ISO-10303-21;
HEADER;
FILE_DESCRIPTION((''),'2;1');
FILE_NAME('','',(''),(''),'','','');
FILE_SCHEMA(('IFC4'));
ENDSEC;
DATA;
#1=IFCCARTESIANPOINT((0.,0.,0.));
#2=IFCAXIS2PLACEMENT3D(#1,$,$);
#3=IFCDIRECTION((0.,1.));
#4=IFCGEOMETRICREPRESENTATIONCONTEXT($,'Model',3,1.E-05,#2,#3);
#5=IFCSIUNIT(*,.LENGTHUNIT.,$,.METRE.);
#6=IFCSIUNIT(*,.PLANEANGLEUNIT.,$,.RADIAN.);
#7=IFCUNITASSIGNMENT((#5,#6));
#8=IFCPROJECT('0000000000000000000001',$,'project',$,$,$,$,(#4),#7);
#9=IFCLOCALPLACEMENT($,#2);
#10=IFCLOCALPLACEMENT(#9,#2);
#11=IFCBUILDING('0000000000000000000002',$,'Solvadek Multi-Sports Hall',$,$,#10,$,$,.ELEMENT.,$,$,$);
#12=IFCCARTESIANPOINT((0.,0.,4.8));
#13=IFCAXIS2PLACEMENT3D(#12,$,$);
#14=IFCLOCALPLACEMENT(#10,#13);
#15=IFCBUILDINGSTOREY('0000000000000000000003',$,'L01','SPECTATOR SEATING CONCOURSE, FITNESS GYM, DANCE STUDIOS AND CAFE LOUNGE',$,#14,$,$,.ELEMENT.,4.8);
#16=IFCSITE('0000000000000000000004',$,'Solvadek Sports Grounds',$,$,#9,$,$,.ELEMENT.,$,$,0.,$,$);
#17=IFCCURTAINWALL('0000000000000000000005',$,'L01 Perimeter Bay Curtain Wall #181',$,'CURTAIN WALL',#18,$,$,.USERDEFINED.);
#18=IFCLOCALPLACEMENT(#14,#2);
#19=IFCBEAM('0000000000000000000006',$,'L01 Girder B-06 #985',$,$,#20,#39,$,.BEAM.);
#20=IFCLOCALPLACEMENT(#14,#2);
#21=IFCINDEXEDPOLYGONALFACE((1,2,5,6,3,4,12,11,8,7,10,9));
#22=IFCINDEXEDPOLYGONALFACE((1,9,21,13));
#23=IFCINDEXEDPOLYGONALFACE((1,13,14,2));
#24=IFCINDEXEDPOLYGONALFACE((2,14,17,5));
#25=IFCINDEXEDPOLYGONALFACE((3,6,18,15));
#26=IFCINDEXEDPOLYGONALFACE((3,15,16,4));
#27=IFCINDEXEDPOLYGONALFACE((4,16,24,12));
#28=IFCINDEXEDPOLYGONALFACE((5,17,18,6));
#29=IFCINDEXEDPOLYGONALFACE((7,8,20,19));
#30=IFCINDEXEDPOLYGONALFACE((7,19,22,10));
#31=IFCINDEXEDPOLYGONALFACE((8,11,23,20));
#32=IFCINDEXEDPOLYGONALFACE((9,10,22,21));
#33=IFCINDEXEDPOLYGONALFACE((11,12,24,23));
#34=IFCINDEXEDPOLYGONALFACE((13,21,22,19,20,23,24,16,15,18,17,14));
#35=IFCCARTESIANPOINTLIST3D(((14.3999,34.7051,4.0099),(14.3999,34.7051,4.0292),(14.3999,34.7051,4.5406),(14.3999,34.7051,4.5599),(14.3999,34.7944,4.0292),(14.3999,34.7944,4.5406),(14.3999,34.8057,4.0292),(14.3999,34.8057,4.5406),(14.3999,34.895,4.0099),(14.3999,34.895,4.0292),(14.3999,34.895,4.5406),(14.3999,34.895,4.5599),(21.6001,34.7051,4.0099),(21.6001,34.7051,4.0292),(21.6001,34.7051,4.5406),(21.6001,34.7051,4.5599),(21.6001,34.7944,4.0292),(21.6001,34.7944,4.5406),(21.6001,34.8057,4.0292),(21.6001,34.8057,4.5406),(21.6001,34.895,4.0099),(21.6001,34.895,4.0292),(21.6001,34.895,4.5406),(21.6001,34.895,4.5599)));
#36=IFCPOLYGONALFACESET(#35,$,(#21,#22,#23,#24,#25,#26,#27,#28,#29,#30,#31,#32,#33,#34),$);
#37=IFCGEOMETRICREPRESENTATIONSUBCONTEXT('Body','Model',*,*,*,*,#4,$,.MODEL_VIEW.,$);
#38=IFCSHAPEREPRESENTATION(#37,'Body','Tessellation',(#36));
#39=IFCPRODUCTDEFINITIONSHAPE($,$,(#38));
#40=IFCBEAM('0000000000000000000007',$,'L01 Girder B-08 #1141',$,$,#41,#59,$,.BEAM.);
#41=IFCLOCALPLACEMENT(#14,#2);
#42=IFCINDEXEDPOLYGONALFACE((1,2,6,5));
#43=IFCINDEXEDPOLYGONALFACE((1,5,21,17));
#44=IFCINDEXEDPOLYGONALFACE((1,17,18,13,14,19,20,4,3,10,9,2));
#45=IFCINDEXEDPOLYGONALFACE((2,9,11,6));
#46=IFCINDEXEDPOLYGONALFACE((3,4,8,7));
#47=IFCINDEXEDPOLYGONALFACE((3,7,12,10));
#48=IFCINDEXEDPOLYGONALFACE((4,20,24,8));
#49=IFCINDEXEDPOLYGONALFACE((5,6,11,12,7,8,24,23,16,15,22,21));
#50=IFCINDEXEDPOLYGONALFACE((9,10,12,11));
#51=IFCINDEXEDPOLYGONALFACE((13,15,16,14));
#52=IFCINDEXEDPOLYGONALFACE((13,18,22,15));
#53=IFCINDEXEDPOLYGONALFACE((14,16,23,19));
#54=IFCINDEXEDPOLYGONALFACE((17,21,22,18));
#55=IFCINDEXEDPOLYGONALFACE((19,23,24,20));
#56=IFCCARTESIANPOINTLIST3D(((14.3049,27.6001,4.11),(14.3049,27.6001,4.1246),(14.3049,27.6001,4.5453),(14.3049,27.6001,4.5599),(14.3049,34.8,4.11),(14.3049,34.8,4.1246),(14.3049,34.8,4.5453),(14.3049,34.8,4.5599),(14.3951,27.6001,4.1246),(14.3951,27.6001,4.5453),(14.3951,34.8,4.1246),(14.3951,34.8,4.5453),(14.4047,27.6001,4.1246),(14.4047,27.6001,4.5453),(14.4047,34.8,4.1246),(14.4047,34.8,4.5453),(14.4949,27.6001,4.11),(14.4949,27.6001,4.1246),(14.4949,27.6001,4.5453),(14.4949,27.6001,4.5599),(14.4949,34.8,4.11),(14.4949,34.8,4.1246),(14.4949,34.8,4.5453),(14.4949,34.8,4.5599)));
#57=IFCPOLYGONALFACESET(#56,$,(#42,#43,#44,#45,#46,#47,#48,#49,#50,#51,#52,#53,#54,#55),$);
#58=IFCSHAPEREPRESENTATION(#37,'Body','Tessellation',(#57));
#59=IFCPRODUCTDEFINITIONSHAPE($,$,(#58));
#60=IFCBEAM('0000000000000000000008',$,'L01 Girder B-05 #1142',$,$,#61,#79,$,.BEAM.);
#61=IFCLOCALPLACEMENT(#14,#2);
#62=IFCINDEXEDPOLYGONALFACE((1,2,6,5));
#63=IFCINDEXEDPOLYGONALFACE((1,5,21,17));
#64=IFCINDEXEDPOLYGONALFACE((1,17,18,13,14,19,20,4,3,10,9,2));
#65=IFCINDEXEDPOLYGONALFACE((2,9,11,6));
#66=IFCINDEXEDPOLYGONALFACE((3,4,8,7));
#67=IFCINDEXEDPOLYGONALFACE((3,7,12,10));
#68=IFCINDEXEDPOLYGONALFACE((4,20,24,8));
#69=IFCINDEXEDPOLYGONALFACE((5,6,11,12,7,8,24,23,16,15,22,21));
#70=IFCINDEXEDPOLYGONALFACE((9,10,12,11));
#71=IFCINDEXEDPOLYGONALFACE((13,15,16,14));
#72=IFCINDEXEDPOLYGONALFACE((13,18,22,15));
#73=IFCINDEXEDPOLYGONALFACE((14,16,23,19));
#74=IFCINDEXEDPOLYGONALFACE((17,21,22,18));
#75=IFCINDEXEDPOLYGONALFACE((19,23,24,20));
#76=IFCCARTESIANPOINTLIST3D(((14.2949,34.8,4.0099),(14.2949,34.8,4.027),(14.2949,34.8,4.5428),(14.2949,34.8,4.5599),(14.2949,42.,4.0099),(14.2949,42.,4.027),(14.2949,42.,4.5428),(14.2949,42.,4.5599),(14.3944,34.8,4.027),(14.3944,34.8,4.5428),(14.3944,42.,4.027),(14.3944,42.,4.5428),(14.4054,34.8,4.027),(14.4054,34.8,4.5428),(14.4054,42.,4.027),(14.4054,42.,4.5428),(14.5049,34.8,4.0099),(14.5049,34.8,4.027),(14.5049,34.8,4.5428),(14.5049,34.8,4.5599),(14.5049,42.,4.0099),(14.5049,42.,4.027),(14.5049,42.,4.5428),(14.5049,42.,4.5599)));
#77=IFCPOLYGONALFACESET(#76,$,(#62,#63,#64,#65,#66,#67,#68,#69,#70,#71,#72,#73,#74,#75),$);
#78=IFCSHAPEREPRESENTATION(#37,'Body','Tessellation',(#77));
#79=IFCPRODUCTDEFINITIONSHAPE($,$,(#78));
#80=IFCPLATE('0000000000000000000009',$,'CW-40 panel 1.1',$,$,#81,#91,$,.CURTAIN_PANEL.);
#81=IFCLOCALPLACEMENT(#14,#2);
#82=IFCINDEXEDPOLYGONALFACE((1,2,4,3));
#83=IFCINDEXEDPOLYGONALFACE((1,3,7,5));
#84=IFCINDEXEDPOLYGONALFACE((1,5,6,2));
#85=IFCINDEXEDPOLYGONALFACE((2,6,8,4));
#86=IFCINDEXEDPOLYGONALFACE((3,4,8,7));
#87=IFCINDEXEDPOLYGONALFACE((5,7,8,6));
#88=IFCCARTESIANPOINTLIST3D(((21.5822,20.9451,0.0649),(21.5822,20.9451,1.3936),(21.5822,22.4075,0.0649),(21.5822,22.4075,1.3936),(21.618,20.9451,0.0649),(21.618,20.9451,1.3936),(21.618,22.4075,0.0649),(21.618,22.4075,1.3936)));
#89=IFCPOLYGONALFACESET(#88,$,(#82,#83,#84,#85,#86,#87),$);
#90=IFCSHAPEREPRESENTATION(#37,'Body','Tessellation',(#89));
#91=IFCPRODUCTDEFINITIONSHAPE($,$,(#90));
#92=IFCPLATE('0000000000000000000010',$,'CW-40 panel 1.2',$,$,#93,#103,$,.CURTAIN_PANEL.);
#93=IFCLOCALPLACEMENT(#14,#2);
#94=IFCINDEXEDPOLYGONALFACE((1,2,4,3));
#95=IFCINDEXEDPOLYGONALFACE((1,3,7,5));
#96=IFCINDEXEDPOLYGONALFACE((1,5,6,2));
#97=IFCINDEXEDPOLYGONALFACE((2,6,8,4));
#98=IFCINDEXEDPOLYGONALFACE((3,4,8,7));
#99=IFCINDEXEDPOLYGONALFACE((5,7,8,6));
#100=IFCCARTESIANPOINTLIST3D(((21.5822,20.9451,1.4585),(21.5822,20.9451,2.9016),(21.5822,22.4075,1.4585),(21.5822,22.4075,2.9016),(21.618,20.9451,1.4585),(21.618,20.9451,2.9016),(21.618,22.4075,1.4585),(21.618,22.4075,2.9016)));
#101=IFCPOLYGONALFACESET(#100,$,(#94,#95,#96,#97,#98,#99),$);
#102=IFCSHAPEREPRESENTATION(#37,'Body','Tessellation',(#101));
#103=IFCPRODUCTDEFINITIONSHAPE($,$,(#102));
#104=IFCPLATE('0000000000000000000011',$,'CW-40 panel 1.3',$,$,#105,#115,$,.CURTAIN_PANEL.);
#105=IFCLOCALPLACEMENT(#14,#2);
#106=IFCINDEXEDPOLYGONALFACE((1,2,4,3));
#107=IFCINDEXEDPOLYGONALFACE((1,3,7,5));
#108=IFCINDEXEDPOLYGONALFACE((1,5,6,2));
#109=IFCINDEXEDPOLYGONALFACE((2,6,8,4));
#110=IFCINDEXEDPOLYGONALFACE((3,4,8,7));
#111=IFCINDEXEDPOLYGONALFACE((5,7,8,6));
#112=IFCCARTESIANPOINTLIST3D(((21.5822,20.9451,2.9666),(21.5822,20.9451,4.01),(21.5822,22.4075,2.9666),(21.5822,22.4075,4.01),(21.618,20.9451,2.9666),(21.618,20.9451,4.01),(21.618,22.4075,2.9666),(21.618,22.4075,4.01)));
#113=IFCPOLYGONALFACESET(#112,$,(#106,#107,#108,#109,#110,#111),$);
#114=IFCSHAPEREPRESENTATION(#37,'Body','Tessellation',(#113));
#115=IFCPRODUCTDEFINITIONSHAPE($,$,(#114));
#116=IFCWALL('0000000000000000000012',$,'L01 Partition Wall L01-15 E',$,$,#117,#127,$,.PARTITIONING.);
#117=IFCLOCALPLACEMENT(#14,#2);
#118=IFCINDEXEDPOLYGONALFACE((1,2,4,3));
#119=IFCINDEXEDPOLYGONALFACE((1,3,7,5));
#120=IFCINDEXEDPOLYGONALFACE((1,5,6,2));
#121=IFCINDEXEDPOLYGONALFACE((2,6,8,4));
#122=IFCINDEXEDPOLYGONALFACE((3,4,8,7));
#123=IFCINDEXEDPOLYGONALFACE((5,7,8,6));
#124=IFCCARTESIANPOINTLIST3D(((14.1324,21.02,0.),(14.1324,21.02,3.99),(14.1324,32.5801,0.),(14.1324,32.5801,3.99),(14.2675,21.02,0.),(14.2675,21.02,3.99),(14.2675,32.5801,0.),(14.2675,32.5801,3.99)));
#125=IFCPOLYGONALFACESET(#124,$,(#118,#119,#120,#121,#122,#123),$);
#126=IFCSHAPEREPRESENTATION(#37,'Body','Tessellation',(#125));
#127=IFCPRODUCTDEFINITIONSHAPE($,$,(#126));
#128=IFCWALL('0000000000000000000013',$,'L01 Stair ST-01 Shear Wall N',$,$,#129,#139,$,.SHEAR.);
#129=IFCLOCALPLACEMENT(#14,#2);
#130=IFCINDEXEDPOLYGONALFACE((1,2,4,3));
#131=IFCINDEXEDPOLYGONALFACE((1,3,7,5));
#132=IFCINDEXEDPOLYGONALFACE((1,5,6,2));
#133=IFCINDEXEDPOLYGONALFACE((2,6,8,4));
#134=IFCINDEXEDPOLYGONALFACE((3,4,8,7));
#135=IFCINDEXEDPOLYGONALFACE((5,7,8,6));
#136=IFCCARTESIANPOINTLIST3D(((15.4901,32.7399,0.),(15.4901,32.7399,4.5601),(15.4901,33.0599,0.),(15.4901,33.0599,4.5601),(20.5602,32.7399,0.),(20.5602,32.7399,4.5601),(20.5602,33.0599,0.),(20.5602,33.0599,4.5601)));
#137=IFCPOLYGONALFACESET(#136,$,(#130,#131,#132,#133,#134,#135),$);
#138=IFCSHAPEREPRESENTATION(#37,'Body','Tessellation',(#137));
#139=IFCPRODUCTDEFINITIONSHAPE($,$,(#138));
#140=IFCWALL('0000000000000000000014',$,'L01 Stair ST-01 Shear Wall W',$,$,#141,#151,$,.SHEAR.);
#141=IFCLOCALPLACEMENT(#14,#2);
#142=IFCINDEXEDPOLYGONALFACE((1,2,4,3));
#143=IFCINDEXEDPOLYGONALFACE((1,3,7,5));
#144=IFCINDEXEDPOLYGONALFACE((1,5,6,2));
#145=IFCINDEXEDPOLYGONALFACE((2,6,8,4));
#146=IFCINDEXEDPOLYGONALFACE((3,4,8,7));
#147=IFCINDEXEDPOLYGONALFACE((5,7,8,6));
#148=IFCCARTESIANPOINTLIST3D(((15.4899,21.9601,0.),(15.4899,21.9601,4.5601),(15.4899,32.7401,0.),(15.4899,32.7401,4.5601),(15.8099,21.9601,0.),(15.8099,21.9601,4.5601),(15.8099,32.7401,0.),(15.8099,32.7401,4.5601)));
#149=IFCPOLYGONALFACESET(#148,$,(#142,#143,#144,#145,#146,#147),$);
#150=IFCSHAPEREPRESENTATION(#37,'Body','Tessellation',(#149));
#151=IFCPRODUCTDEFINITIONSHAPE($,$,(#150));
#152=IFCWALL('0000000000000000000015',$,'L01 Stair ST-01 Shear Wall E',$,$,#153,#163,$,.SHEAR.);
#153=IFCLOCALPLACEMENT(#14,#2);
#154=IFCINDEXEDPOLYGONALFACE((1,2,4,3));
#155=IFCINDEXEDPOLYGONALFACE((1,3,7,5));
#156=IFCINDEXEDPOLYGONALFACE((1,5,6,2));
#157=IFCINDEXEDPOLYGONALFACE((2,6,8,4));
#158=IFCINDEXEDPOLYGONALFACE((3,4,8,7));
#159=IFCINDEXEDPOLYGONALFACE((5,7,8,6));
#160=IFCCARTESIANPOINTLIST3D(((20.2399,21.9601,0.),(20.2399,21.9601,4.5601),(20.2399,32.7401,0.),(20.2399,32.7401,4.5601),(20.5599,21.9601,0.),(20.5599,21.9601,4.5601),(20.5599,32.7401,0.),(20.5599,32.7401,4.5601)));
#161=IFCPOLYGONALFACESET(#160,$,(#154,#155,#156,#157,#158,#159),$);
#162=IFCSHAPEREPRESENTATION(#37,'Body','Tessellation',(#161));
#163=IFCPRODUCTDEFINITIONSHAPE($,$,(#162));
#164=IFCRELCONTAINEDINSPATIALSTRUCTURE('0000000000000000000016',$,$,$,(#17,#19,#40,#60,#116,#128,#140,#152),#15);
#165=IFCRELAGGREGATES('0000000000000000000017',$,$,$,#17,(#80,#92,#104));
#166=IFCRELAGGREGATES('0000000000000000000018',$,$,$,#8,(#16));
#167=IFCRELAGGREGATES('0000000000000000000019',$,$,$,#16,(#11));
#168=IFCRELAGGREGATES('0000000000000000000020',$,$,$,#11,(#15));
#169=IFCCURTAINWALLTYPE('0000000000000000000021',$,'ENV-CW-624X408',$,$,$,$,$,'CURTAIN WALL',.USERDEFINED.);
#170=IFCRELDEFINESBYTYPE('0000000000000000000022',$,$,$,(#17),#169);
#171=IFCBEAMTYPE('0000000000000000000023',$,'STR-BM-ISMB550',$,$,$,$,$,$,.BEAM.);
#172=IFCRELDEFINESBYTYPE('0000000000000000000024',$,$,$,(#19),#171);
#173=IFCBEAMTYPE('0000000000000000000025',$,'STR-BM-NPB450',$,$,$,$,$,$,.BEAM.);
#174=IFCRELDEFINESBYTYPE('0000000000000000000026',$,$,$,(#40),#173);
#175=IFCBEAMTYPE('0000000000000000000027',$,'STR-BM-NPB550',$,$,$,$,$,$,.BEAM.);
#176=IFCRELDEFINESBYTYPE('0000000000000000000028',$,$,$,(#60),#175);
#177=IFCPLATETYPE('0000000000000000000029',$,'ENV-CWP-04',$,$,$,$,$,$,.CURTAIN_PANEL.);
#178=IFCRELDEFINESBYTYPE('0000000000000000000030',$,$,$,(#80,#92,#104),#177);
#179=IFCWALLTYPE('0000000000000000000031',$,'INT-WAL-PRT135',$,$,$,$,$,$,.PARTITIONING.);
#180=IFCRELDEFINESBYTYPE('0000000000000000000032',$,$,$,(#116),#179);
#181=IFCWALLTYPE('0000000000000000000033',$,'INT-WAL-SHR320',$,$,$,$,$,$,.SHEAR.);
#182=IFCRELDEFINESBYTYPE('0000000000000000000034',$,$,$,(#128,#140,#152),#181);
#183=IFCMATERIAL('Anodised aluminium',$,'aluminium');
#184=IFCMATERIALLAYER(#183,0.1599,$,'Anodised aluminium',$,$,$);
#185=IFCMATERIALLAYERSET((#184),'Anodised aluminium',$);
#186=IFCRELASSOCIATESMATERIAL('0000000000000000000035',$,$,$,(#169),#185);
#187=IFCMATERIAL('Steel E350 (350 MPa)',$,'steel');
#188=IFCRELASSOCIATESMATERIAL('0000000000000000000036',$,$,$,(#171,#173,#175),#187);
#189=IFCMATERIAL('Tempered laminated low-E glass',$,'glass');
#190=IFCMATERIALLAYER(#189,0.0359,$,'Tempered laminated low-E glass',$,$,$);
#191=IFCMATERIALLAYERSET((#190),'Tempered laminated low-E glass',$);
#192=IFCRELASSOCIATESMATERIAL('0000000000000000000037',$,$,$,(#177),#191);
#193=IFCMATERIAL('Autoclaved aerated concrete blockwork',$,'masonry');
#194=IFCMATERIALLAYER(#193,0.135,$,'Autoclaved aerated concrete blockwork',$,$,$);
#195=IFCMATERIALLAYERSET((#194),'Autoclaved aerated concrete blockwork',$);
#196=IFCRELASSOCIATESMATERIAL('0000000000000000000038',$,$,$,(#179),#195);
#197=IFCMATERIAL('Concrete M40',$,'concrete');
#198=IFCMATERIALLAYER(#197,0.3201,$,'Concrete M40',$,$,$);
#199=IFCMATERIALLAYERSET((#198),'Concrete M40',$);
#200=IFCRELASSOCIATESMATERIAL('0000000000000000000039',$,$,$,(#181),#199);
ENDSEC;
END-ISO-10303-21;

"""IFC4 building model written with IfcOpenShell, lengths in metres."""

from ifc_helpers import new_model, si_unit, direction, frame, frame_2d, origin, origin_2d, place, context, subcontext, project, spatial, rectangle, i_section, extrude, material, layer, layer_set, material_profile, profile_set, type_object, element, aggregate, save


model = new_model("IFC4")

# Units and contexts
model_context = context("Model", 3, precision=1e-05, world=origin(), true_north=direction((0.0, 1.0)))
body_context = subcontext(model_context, "Body", "Model", "MODEL_VIEW")
ifc_project = project(units=[si_unit("LENGTHUNIT", "METRE"), si_unit("PLANEANGLEUNIT", "RADIAN")], contexts=[model_context])

# Site, building, storey
site_placement = place(None, origin())
site = spatial("IfcSite", under=ifc_project, at=site_placement, Name="Solvadek Sports Grounds", CompositionType="ELEMENT", RefElevation=0.0)
building_placement = place(site_placement, origin())
building = spatial("IfcBuilding", under=site, at=building_placement, Name="Solvadek Multi-Sports Hall", CompositionType="ELEMENT")
storey_placement = place(building_placement, frame((0.0, 0.0, 4.8)))
storey = spatial("IfcBuildingStorey", under=building, at=storey_placement, Name="L01", Description="SPECTATOR SEATING CONCOURSE, FITNESS GYM, DANCE STUDIOS AND CAFE LOUNGE", CompositionType="ELEMENT", Elevation=4.8)

# Shared definitions
ifc_material_1 = material(Name="Steel E350 (350 MPa)", Category="steel")

# Curtain wall
ifc_material_2 = material(Name="Anodised aluminium", Category="aluminium")
ifc_layer_1 = layer(ifc_material_2, 0.1599, Name="Anodised aluminium")
ifc_layer_set_1 = layer_set([ifc_layer_1], Name="Anodised aluminium")
curtain_wall_type = type_object("IfcCurtainWallType", Name="ENV-CW-624X408", ElementType="CURTAIN WALL", PredefinedType="USERDEFINED", material=ifc_layer_set_1)
curtain_wall_placement = place(storey_placement, origin())
curtain_wall = element("IfcCurtainWall", 1, at=curtain_wall_placement, inside=storey, type_object=curtain_wall_type, Name="L01 Perimeter Bay Curtain Wall #181", ObjectType="CURTAIN WALL", PredefinedType="USERDEFINED")

# Beams
ifc_material_profile_1 = material_profile(ifc_material_1, i_section(OverallWidth=0.1899, OverallDepth=0.55, WebThickness=0.0112, FlangeThickness=0.0193, at=origin_2d()), Name="ISMB 550")
ifc_profile_set_1 = profile_set([ifc_material_profile_1], Name="Steel E350 (350 MPa)")
beam_type_1 = type_object("IfcBeamType", Name="STR-BM-ISMB550", PredefinedType="BEAM", material=ifc_profile_set_1)
beam_1_placement = place(storey_placement, frame((14.3999, 34.8, 4.2849), z_axis=(1.0, 0.0, 0.0), x_axis=(0.0, 1.0, 0.0)))
element("IfcBeam", 2, at=beam_1_placement, inside=storey, type_object=beam_type_1, Name="L01 Girder B-06 #985", PredefinedType="BEAM", context=body_context, shape_type="SweptSolid", body=[
    extrude(i_section(OverallWidth=0.1899, OverallDepth=0.55, WebThickness=0.0112, FlangeThickness=0.0193, at=origin_2d()), origin(), (0.0, 0.0, 1.0), 7.2002),
])
ifc_material_profile_2 = material_profile(ifc_material_1, i_section(OverallWidth=0.1899, OverallDepth=0.45, WebThickness=0.0095, FlangeThickness=0.0146, at=origin_2d()), Name="NPB 450")
ifc_profile_set_2 = profile_set([ifc_material_profile_2], Name="Steel E350 (350 MPa)")
beam_type_2 = type_object("IfcBeamType", Name="STR-BM-NPB450", PredefinedType="BEAM", material=ifc_profile_set_2)
beam_2_placement = place(storey_placement, frame((14.3999, 27.6001, 4.335), z_axis=(0.0, 1.0, 0.0), x_axis=(-1.0, 0.0, 0.0)))
element("IfcBeam", 3, at=beam_2_placement, inside=storey, type_object=beam_type_2, Name="L01 Girder B-08 #1141", PredefinedType="BEAM", context=body_context, shape_type="SweptSolid", body=[
    extrude(i_section(OverallWidth=0.1899, OverallDepth=0.45, WebThickness=0.0095, FlangeThickness=0.0146, at=origin_2d()), origin(), (0.0, 0.0, 1.0), 7.2),
])
ifc_material_profile_3 = material_profile(ifc_material_1, i_section(OverallWidth=0.21, OverallDepth=0.55, WebThickness=0.011, FlangeThickness=0.0171, at=origin_2d()), Name="NPB 550")
ifc_profile_set_3 = profile_set([ifc_material_profile_3], Name="Steel E350 (350 MPa)")
beam_type_3 = type_object("IfcBeamType", Name="STR-BM-NPB550", PredefinedType="BEAM", material=ifc_profile_set_3)
beam_3_placement = place(storey_placement, frame((14.3999, 34.8, 4.2849), z_axis=(0.0, 1.0, 0.0), x_axis=(-1.0, 0.0, 0.0)))
element("IfcBeam", 4, at=beam_3_placement, inside=storey, type_object=beam_type_3, Name="L01 Girder B-05 #1142", PredefinedType="BEAM", context=body_context, shape_type="SweptSolid", body=[
    extrude(i_section(OverallWidth=0.21, OverallDepth=0.55, WebThickness=0.011, FlangeThickness=0.0171, at=origin_2d()), origin(), (0.0, 0.0, 1.0), 7.2),
])

# Plates
ifc_material_3 = material(Name="Tempered laminated low-E glass", Category="glass")
ifc_layer_2 = layer(ifc_material_3, 0.0359, Name="Tempered laminated low-E glass")
ifc_layer_set_2 = layer_set([ifc_layer_2], Name="Tempered laminated low-E glass")
plate_type = type_object("IfcPlateType", Name="ENV-CWP-04", PredefinedType="CURTAIN_PANEL", material=ifc_layer_set_2)
plate_1_placement = place(storey_placement, frame((21.6001, 21.6763, 0.0649), z_axis=(0.0, 0.0, 1.0), x_axis=(0.0, 1.0, 0.0)))
plate_1 = element("IfcPlate", 5, at=plate_1_placement, type_object=plate_type, Name="CW-40 panel 1.1", PredefinedType="CURTAIN_PANEL", context=body_context, shape_type="SweptSolid", body=[
    extrude(rectangle(XDim=1.4624, YDim=0.0359, at=origin_2d()), origin(), (0.0, 0.0, 1.0), 1.3286),
])
plate_2_placement = place(storey_placement, frame((21.6001, 21.6763, 1.4585), z_axis=(0.0, 0.0, 1.0), x_axis=(0.0, 1.0, 0.0)))
plate_2 = element("IfcPlate", 6, at=plate_2_placement, type_object=plate_type, Name="CW-40 panel 1.2", PredefinedType="CURTAIN_PANEL", context=body_context, shape_type="SweptSolid", body=[
    extrude(rectangle(XDim=1.4624, YDim=0.0359, at=origin_2d()), origin(), (0.0, 0.0, 1.0), 1.4431),
])
plate_3_placement = place(storey_placement, frame((21.6001, 21.6763, 2.9666), z_axis=(0.0, 0.0, 1.0), x_axis=(0.0, 1.0, 0.0)))
plate_3 = element("IfcPlate", 7, at=plate_3_placement, type_object=plate_type, Name="CW-40 panel 1.3", PredefinedType="CURTAIN_PANEL", context=body_context, shape_type="SweptSolid", body=[
    extrude(rectangle(XDim=1.4624, YDim=0.0359, at=origin_2d()), origin(), (0.0, 0.0, 1.0), 1.0435),
])
aggregate(curtain_wall, [plate_1, plate_2, plate_3])

# Wall
ifc_material_4 = material(Name="Autoclaved aerated concrete blockwork", Category="masonry")
ifc_layer_3 = layer(ifc_material_4, 0.135, Name="Autoclaved aerated concrete blockwork")
ifc_layer_set_3 = layer_set([ifc_layer_3], Name="Autoclaved aerated concrete blockwork")
wall_type_1 = type_object("IfcWallType", Name="INT-WAL-PRT135", PredefinedType="PARTITIONING", material=ifc_layer_set_3)
wall_1_placement = place(storey_placement, frame((14.2, 21.02, 0.0), z_axis=(0.0, 0.0, 1.0), x_axis=(0.0, 1.0, 0.0)))
element("IfcWall", 8, at=wall_1_placement, inside=storey, type_object=wall_type_1, Name="L01 Partition Wall L01-15 E", PredefinedType="PARTITIONING", context=body_context, shape_type="SweptSolid", body=[
    extrude(rectangle(XDim=11.5601, YDim=0.135, at=frame_2d((5.78, 0.0))), origin(), (0.0, 0.0, 1.0), 3.99),
])

# Shared definitions
ifc_material_5 = material(Name="Concrete M40", Category="concrete")
ifc_layer_4 = layer(ifc_material_5, 0.3201, Name="Concrete M40")
ifc_layer_set_4 = layer_set([ifc_layer_4], Name="Concrete M40")
wall_type_2 = type_object("IfcWallType", Name="INT-WAL-SHR320", PredefinedType="SHEAR", material=ifc_layer_set_4)

# Walls
wall_2_placement = place(storey_placement, frame((15.49, 32.8999, 0.0), z_axis=(0.0, 0.0, 1.0), x_axis=(1.0, 0.0, 0.0)))
element("IfcWall", 9, at=wall_2_placement, inside=storey, type_object=wall_type_2, Name="L01 Stair ST-01 Shear Wall N", PredefinedType="SHEAR", context=body_context, shape_type="SweptSolid", body=[
    extrude(rectangle(XDim=5.0701, YDim=0.3201, at=frame_2d((2.5352, 0.0))), origin(), (0.0, 0.0, 1.0), 4.5601),
])
for number, where, z_axis, x_axis, name in (
    (10, (15.6499, 21.96, 0.0), (0.0, 0.0, 1.0), (0.0, 1.0, 0.0), "L01 Stair ST-01 Shear Wall W"),
    (11, (20.3999, 21.96, 0.0), (0.0, 0.0, 1.0), (0.0, 1.0, 0.0), "L01 Stair ST-01 Shear Wall E"),
):
    element("IfcWall", number, at=place(storey_placement, frame(where, z_axis=z_axis, x_axis=x_axis)), inside=storey, type_object=wall_type_2, Name=name, PredefinedType="SHEAR", context=body_context, shape_type="SweptSolid", body=[
        extrude(rectangle(XDim=10.78, YDim=0.3201, at=frame_2d((5.3901, 0.0))), origin(), (0.0, 0.0, 1.0), 4.5601),
    ])

save(model, "model.ifc")
